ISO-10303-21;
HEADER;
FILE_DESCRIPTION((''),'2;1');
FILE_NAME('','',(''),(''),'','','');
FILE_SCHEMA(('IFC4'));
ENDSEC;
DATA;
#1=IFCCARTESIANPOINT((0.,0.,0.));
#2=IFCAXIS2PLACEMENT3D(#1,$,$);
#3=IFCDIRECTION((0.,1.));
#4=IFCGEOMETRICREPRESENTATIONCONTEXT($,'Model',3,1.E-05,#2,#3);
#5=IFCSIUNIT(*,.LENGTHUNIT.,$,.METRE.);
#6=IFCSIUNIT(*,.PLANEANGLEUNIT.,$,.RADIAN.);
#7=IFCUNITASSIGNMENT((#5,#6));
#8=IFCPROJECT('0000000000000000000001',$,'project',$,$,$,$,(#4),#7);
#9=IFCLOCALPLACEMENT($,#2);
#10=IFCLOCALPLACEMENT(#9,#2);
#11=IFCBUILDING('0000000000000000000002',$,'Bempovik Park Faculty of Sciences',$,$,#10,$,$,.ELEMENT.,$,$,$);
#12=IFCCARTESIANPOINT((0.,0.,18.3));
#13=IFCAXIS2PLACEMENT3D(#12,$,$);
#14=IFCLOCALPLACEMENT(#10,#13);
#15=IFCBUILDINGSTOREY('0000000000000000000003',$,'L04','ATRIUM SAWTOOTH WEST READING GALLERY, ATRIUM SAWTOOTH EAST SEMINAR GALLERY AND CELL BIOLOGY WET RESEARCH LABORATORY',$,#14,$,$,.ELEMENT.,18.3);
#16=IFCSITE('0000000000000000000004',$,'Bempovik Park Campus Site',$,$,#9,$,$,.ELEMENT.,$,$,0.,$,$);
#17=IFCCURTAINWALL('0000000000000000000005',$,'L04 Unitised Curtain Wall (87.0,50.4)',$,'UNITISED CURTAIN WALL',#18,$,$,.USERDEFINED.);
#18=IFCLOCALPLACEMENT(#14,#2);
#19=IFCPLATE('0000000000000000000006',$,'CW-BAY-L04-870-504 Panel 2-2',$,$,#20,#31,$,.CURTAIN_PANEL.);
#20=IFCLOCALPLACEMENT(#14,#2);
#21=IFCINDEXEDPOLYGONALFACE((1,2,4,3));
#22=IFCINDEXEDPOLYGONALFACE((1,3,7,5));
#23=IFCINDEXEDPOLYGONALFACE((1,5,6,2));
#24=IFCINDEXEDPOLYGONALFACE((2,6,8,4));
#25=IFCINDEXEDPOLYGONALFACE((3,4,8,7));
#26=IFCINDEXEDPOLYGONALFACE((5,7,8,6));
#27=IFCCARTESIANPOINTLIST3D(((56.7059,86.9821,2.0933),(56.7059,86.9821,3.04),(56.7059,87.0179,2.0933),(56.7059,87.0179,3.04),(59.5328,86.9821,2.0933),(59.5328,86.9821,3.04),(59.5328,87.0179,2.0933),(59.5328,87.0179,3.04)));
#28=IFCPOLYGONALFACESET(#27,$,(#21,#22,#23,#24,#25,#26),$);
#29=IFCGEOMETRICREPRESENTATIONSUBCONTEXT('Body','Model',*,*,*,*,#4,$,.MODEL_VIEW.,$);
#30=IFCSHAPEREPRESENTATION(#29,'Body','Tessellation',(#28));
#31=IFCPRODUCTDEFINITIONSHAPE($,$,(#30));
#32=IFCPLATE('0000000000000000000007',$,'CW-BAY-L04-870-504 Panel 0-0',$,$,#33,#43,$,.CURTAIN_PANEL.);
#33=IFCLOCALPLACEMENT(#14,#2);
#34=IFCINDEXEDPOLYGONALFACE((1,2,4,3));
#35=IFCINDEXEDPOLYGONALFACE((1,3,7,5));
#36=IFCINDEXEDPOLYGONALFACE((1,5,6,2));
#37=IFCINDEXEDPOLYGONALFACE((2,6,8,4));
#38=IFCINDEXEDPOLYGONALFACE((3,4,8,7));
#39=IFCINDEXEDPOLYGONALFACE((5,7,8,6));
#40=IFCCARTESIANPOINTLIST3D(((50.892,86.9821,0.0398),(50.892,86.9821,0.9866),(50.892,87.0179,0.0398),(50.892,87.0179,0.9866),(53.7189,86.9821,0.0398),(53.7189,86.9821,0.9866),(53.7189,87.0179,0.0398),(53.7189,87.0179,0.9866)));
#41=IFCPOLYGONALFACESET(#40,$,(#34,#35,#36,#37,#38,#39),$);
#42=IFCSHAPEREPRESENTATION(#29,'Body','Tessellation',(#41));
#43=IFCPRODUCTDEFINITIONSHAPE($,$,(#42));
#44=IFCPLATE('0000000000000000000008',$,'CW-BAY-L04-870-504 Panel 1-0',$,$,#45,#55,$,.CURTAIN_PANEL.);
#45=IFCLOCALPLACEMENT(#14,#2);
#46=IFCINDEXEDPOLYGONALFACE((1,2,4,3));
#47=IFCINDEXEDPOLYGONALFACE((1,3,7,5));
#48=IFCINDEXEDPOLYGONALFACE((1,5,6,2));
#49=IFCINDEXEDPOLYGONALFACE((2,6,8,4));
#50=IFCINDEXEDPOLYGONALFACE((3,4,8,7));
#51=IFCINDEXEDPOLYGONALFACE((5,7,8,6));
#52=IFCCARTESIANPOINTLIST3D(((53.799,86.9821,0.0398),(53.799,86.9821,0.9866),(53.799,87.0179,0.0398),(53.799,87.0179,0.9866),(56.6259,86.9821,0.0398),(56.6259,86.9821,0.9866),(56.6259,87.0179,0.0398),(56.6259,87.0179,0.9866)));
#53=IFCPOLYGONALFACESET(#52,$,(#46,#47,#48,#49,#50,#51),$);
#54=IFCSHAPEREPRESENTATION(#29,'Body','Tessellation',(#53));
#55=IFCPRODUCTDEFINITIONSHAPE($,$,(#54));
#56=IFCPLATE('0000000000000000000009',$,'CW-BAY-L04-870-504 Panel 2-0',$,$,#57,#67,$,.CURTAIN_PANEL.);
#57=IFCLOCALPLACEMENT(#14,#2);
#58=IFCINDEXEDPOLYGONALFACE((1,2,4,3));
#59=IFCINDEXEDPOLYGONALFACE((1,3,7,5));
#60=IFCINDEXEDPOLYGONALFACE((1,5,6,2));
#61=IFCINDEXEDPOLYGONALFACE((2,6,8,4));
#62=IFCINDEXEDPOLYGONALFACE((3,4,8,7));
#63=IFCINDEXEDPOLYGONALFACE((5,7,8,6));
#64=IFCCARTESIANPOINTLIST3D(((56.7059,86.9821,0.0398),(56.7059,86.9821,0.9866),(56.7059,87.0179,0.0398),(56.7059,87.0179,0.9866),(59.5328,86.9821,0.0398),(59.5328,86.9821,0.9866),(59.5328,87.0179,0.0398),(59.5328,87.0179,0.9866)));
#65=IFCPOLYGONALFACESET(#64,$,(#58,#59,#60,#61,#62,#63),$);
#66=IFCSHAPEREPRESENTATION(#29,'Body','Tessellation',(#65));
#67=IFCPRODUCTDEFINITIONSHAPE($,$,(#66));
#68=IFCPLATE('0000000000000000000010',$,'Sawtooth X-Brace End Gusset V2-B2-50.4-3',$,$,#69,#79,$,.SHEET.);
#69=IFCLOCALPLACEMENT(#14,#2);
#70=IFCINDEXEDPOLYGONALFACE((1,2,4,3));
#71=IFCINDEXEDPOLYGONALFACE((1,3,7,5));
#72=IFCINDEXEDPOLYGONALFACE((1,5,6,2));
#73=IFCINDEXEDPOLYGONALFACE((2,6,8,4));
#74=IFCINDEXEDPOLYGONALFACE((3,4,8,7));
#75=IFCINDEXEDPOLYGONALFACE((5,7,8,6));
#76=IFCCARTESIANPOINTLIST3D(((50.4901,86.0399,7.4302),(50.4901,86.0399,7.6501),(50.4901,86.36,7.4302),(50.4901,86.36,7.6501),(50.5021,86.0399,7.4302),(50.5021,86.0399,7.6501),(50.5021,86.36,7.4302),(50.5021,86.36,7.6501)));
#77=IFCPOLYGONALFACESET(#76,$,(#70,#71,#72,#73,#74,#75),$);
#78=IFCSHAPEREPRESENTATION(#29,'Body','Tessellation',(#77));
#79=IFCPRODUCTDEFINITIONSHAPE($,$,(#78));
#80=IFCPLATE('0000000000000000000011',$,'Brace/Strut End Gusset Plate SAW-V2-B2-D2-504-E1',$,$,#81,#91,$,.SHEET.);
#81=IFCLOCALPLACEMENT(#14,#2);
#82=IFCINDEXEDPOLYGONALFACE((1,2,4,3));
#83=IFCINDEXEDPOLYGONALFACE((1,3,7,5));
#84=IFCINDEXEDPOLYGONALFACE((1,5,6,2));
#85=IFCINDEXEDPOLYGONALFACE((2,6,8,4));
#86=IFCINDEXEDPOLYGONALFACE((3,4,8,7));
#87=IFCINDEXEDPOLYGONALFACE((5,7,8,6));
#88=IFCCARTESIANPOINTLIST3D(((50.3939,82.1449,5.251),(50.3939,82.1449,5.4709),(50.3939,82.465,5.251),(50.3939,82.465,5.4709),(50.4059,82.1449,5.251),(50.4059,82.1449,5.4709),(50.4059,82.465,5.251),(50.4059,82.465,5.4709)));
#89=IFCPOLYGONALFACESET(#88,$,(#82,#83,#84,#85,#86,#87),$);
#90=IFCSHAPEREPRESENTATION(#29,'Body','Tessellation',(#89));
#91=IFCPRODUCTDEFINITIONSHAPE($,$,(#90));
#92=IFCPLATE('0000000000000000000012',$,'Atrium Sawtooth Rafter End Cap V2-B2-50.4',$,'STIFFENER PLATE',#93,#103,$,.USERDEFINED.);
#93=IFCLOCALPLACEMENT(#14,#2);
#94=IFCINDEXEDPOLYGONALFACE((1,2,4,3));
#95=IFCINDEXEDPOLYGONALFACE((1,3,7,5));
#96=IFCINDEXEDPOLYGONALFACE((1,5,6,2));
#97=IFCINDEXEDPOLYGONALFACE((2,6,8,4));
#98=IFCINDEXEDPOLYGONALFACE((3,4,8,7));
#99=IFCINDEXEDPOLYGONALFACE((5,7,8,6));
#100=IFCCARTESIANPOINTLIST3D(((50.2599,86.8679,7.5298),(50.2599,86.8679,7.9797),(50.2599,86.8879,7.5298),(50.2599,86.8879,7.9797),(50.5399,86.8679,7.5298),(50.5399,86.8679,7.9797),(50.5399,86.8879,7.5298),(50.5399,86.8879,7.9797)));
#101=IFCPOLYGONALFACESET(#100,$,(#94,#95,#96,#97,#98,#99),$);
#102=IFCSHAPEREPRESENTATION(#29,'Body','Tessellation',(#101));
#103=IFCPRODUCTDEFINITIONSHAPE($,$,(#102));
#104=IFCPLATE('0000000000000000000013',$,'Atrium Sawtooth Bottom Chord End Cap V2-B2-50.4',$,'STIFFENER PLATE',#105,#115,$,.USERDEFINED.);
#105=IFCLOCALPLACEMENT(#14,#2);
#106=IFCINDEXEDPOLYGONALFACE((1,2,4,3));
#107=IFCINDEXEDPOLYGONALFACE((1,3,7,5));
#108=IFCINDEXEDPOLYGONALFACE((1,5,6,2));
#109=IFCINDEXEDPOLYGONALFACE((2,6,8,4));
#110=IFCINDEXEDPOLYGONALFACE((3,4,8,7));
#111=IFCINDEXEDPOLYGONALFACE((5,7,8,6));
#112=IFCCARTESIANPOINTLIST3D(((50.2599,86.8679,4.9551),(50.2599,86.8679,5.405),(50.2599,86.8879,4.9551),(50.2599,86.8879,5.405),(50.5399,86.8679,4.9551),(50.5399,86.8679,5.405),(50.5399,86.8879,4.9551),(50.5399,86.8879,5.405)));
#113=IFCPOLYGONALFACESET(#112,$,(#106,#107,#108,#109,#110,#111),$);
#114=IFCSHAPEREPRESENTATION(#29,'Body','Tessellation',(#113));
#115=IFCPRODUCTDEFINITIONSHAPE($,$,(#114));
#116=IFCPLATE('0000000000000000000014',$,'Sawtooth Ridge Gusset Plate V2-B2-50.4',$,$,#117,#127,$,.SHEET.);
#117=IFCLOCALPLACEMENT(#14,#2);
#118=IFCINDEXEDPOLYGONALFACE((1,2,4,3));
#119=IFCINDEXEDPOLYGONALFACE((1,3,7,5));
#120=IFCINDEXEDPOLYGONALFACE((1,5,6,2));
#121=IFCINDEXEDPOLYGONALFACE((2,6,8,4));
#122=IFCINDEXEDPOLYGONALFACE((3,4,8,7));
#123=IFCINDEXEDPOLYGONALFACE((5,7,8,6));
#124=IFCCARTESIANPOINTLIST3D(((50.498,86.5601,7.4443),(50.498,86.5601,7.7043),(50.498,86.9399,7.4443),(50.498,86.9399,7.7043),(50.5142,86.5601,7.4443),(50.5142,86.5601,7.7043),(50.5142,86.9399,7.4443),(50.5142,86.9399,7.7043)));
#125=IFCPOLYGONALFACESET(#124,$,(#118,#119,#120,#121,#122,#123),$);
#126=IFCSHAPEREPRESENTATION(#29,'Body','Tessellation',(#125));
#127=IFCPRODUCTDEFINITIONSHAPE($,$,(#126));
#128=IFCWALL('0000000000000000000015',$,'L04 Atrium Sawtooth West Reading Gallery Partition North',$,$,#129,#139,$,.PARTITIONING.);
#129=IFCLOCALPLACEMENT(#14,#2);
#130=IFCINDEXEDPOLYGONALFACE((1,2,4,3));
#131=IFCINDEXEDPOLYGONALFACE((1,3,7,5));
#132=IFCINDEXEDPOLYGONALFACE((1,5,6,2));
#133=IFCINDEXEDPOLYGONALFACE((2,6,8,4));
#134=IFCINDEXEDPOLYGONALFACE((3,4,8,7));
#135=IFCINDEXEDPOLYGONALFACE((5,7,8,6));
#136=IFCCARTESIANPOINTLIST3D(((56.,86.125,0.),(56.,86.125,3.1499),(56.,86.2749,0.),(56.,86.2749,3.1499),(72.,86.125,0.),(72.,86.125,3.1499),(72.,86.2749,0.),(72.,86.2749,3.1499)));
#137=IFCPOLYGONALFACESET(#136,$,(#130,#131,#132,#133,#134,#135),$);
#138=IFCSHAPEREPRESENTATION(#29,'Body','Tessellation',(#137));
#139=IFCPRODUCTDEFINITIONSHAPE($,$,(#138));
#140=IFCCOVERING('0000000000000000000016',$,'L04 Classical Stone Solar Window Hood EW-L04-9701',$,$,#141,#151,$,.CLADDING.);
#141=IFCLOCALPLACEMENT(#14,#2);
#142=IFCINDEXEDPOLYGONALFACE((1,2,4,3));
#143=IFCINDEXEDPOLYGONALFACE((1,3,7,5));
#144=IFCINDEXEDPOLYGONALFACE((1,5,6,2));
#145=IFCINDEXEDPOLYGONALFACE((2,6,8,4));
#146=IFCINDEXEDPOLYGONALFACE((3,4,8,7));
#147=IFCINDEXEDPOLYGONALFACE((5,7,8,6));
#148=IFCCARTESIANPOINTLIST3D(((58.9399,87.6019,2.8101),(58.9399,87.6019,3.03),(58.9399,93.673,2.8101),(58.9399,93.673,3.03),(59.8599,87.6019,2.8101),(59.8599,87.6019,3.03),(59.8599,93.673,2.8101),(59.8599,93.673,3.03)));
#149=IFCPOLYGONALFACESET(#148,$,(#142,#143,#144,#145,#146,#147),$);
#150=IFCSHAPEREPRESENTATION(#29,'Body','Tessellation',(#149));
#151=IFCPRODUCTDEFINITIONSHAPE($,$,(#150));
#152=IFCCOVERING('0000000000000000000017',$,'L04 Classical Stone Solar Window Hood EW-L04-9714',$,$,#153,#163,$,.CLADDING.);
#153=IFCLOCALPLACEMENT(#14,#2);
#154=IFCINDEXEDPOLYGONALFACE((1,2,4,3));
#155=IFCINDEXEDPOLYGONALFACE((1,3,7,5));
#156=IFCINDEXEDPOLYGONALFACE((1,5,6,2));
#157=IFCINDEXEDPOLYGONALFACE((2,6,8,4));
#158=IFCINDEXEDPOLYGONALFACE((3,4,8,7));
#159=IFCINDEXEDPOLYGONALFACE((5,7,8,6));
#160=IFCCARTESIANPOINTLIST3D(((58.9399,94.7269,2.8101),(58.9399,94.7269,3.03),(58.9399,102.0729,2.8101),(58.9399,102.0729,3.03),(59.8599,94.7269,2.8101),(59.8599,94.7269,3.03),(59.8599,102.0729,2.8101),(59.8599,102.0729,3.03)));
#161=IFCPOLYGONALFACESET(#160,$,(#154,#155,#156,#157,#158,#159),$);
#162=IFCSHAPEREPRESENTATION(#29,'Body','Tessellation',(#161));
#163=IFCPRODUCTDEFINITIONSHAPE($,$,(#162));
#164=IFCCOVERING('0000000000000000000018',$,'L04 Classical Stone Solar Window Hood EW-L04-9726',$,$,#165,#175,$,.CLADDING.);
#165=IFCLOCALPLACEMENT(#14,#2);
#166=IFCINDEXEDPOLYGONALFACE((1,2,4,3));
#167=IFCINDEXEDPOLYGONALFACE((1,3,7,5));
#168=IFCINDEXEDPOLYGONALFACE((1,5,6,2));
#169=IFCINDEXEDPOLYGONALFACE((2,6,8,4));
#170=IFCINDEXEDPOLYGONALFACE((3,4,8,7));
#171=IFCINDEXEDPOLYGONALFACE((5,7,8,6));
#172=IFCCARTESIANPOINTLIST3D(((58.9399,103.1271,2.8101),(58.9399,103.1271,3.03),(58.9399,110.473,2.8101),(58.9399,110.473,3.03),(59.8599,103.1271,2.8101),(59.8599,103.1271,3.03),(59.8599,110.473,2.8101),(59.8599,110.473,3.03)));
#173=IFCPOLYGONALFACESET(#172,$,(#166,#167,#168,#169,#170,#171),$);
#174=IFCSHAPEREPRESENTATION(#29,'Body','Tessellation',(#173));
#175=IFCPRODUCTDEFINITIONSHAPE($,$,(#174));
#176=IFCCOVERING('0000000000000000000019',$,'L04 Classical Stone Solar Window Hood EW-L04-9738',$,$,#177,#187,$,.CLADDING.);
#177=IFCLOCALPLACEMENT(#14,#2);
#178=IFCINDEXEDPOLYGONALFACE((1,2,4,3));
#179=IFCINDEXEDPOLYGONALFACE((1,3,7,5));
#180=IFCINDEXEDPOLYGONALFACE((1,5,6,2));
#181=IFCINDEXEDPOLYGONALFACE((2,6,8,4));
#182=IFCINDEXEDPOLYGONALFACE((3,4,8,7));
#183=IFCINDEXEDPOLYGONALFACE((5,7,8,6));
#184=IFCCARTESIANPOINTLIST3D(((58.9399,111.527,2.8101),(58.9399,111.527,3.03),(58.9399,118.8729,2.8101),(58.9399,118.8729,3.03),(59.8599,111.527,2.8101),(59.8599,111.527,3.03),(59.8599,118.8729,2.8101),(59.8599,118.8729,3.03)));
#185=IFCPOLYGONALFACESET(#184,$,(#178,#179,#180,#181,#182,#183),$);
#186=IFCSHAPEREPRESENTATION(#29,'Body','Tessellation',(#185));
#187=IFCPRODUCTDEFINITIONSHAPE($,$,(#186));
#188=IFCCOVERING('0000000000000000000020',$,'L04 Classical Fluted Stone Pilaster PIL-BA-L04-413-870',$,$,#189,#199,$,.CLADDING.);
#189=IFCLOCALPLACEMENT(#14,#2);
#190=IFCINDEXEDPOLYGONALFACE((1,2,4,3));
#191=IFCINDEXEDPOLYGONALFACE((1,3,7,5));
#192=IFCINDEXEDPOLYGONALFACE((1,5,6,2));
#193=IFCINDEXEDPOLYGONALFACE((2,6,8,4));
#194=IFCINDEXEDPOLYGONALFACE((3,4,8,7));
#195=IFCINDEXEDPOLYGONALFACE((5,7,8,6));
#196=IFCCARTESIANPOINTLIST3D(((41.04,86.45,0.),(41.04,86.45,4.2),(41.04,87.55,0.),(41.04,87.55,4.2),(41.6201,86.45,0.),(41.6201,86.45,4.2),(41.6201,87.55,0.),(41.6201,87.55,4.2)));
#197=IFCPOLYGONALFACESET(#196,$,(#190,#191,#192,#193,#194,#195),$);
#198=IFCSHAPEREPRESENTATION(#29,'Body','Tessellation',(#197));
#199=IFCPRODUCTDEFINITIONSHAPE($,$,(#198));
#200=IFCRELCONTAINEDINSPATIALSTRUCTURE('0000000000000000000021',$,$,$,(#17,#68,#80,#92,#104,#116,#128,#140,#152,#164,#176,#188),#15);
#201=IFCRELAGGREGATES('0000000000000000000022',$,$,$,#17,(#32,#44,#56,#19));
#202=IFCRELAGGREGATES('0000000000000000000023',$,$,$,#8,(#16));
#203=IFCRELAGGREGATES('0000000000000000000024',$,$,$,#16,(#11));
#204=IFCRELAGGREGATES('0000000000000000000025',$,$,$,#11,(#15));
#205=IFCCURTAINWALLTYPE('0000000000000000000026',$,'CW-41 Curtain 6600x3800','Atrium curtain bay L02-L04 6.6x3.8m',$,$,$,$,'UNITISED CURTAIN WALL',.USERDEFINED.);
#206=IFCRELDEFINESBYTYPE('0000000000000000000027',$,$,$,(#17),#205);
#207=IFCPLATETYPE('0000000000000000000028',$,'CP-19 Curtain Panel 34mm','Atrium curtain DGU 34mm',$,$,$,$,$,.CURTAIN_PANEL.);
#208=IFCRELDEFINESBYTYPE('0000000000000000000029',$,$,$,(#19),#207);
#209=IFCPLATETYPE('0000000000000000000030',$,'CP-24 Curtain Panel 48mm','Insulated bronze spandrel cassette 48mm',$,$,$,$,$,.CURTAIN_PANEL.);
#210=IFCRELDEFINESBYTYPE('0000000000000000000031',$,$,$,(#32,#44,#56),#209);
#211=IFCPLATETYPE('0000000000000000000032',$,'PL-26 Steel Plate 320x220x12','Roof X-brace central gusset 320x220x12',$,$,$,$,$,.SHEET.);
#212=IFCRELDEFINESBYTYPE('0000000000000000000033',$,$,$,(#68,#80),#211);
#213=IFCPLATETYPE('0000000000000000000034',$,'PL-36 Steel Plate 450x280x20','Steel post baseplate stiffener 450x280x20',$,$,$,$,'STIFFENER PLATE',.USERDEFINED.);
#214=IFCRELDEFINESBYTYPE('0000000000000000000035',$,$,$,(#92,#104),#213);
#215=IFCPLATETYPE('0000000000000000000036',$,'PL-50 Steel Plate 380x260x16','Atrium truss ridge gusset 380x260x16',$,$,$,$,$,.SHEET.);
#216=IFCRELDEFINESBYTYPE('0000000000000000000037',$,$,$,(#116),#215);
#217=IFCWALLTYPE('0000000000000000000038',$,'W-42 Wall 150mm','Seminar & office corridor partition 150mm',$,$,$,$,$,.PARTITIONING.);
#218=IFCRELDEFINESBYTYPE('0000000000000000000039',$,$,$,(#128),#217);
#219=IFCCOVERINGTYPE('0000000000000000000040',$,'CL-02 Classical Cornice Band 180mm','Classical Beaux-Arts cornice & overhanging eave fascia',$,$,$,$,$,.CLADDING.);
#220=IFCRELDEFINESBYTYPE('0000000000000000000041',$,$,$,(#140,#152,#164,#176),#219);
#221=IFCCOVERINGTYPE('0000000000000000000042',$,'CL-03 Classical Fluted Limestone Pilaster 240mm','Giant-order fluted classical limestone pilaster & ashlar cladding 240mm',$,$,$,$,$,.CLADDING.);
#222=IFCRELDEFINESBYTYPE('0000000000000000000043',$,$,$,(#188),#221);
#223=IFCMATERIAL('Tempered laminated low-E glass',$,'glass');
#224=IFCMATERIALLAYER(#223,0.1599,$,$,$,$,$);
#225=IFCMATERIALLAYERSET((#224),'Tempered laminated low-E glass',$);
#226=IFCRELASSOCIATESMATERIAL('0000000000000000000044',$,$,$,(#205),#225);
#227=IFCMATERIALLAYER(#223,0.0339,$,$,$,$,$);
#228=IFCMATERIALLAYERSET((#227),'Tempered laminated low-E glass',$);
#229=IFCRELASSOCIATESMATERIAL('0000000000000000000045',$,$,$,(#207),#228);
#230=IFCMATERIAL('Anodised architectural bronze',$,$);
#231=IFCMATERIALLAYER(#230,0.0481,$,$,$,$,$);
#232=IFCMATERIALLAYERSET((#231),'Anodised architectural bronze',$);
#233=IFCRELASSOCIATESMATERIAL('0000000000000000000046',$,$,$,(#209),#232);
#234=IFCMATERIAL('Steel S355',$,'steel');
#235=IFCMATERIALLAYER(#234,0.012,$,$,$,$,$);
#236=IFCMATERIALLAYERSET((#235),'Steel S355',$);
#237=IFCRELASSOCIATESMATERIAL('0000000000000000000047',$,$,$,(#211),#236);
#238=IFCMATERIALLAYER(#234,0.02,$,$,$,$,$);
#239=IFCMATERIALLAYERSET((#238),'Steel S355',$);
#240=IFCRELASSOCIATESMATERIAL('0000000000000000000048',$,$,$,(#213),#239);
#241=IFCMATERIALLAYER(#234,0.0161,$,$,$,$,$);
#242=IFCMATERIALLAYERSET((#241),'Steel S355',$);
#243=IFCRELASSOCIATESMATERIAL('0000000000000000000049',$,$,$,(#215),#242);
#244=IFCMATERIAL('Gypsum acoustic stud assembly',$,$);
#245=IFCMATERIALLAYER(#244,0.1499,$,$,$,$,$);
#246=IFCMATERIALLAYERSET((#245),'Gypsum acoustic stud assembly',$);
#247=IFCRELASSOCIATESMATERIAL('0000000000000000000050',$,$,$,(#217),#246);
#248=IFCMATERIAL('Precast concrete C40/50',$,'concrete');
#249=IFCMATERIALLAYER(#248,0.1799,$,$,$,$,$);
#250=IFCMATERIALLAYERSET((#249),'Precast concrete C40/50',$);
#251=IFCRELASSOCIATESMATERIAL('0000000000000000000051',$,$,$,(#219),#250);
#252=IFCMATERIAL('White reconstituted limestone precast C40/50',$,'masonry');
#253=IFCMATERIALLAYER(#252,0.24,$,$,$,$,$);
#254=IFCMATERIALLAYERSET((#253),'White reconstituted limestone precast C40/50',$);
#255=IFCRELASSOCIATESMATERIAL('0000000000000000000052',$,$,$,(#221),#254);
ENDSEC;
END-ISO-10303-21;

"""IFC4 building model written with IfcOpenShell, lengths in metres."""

from ifc_helpers import new_model, si_unit, direction, frame, frame_2d, origin, origin_2d, place, context, subcontext, project, spatial, rectangle, extrude, material, layer, layer_set, type_object, element, aggregate, save


model = new_model("IFC4")

# Units and contexts
model_context = context("Model", 3, precision=1e-05, world=origin(), true_north=direction((0.0, 1.0)))
body_context = subcontext(model_context, "Body", "Model", "MODEL_VIEW")
ifc_project = project(units=[si_unit("LENGTHUNIT", "METRE"), si_unit("PLANEANGLEUNIT", "RADIAN")], contexts=[model_context])

# Site, building, storey
site_placement = place(None, origin())
site = spatial("IfcSite", under=ifc_project, at=site_placement, Name="Bempovik Park Campus Site", CompositionType="ELEMENT", RefElevation=0.0)
building_placement = place(site_placement, origin())
building = spatial("IfcBuilding", under=site, at=building_placement, Name="Bempovik Park Faculty of Sciences", CompositionType="ELEMENT")
storey_placement = place(building_placement, frame((0.0, 0.0, 18.3)))
storey = spatial("IfcBuildingStorey", under=building, at=storey_placement, Name="L04", Description="ATRIUM SAWTOOTH WEST READING GALLERY, ATRIUM SAWTOOTH EAST SEMINAR GALLERY AND CELL BIOLOGY WET RESEARCH LABORATORY", CompositionType="ELEMENT", Elevation=18.3)

# Shared definitions
ifc_material_1 = material(Name="Steel S355", Category="steel")

# Curtain wall, plates
ifc_material_2 = material(Name="Tempered laminated low-E glass", Category="glass")
ifc_layer_1 = layer(ifc_material_2, 0.1599)
ifc_layer_set_1 = layer_set([ifc_layer_1], Name="Tempered laminated low-E glass")
curtain_wall_type = type_object("IfcCurtainWallType", Name="CW-41 Curtain 6600x3800", Description="Atrium curtain bay L02-L04 6.6x3.8m", ElementType="UNITISED CURTAIN WALL", PredefinedType="USERDEFINED", material=ifc_layer_set_1)
curtain_wall_placement = place(storey_placement, origin())
curtain_wall = element("IfcCurtainWall", 1, at=curtain_wall_placement, inside=storey, type_object=curtain_wall_type, Name="L04 Unitised Curtain Wall (87.0,50.4)", ObjectType="UNITISED CURTAIN WALL", PredefinedType="USERDEFINED")
ifc_layer_2 = layer(ifc_material_2, 0.0339)
ifc_layer_set_2 = layer_set([ifc_layer_2], Name="Tempered laminated low-E glass")
plate_type_1 = type_object("IfcPlateType", Name="CP-19 Curtain Panel 34mm", Description="Atrium curtain DGU 34mm", PredefinedType="CURTAIN_PANEL", material=ifc_layer_set_2)
plate_1_placement = place(storey_placement, frame((58.1194, 87.0, 2.0933), z_axis=(0.0, 0.0, 1.0), x_axis=(1.0, 0.0, 0.0)))
plate_1 = element("IfcPlate", 2, at=plate_1_placement, type_object=plate_type_1, Name="CW-BAY-L04-870-504 Panel 2-2", PredefinedType="CURTAIN_PANEL", context=body_context, shape_type="SweptSolid", body=[
    extrude(rectangle(XDim=2.8269, YDim=0.0359, at=origin_2d()), origin(), (0.0, 0.0, 1.0), 0.9468),
])
ifc_material_3 = material(Name="Anodised architectural bronze")
ifc_layer_3 = layer(ifc_material_3, 0.0481)
ifc_layer_set_3 = layer_set([ifc_layer_3], Name="Anodised architectural bronze")
plate_type_2 = type_object("IfcPlateType", Name="CP-24 Curtain Panel 48mm", Description="Insulated bronze spandrel cassette 48mm", PredefinedType="CURTAIN_PANEL", material=ifc_layer_set_3)
plate_2_placement = place(storey_placement, frame((52.3054, 87.0, 0.0398), z_axis=(0.0, 0.0, 1.0), x_axis=(1.0, 0.0, 0.0)))
plate_2 = element("IfcPlate", 3, at=plate_2_placement, type_object=plate_type_2, Name="CW-BAY-L04-870-504 Panel 0-0", PredefinedType="CURTAIN_PANEL", context=body_context, shape_type="SweptSolid", body=[
    extrude(rectangle(XDim=2.8269, YDim=0.0359, at=origin_2d()), origin(), (0.0, 0.0, 1.0), 0.9468),
])
plate_3_placement = place(storey_placement, frame((55.2124, 87.0, 0.0398), z_axis=(0.0, 0.0, 1.0), x_axis=(1.0, 0.0, 0.0)))
plate_3 = element("IfcPlate", 4, at=plate_3_placement, type_object=plate_type_2, Name="CW-BAY-L04-870-504 Panel 1-0", PredefinedType="CURTAIN_PANEL", context=body_context, shape_type="SweptSolid", body=[
    extrude(rectangle(XDim=2.8269, YDim=0.0359, at=origin_2d()), origin(), (0.0, 0.0, 1.0), 0.9468),
])
plate_4_placement = place(storey_placement, frame((58.1194, 87.0, 0.0398), z_axis=(0.0, 0.0, 1.0), x_axis=(1.0, 0.0, 0.0)))
plate_4 = element("IfcPlate", 5, at=plate_4_placement, type_object=plate_type_2, Name="CW-BAY-L04-870-504 Panel 2-0", PredefinedType="CURTAIN_PANEL", context=body_context, shape_type="SweptSolid", body=[
    extrude(rectangle(XDim=2.8269, YDim=0.0359, at=origin_2d()), origin(), (0.0, 0.0, 1.0), 0.9468),
])
aggregate(curtain_wall, [plate_2, plate_3, plate_4, plate_1])

# Plates
ifc_layer_4 = layer(ifc_material_1, 0.012)
ifc_layer_set_4 = layer_set([ifc_layer_4], Name="Steel S355")
plate_type_3 = type_object("IfcPlateType", Name="PL-26 Steel Plate 320x220x12", Description="Roof X-brace central gusset 320x220x12", PredefinedType="SHEET", material=ifc_layer_set_4)
for number, where, z_axis, x_axis, name in (
    (6, (50.4961, 86.2, 7.4302), (0.0, 0.0, 1.0), (1.0, 0.0, 0.0), "Sawtooth X-Brace End Gusset V2-B2-50.4-3"),
    (7, (50.3999, 82.3049, 5.251), (0.0, 0.0, 1.0), (1.0, 0.0, 0.0), "Brace/Strut End Gusset Plate SAW-V2-B2-D2-504-E1"),
):
    element("IfcPlate", number, at=place(storey_placement, frame(where, z_axis=z_axis, x_axis=x_axis)), inside=storey, type_object=plate_type_3, Name=name, PredefinedType="SHEET", context=body_context, shape_type="SweptSolid", body=[
        extrude(rectangle(XDim=0.012, YDim=0.3201, at=origin_2d()), origin(), (0.0, 0.0, 1.0), 0.22),
    ])
ifc_layer_5 = layer(ifc_material_1, 0.02)
ifc_layer_set_5 = layer_set([ifc_layer_5], Name="Steel S355")
plate_type_4 = type_object("IfcPlateType", Name="PL-36 Steel Plate 450x280x20", Description="Steel post baseplate stiffener 450x280x20", ElementType="STIFFENER PLATE", PredefinedType="USERDEFINED", material=ifc_layer_set_5)
for number, where, z_axis, x_axis, name in (
    (8, (50.3999, 86.8779, 7.5298), (0.0, 0.0, 1.0), (1.0, 0.0, 0.0), "Atrium Sawtooth Rafter End Cap V2-B2-50.4"),
    (9, (50.3999, 86.8779, 4.9551), (0.0, 0.0, 1.0), (1.0, 0.0, 0.0), "Atrium Sawtooth Bottom Chord End Cap V2-B2-50.4"),
):
    element("IfcPlate", number, at=place(storey_placement, frame(where, z_axis=z_axis, x_axis=x_axis)), inside=storey, type_object=plate_type_4, Name=name, ObjectType="STIFFENER PLATE", PredefinedType="USERDEFINED", context=body_context, shape_type="SweptSolid", body=[
        extrude(rectangle(XDim=0.28, YDim=0.02, at=origin_2d()), origin(), (0.0, 0.0, 1.0), 0.45),
    ])
ifc_layer_6 = layer(ifc_material_1, 0.0161)
ifc_layer_set_6 = layer_set([ifc_layer_6], Name="Steel S355")
plate_type_5 = type_object("IfcPlateType", Name="PL-50 Steel Plate 380x260x16", Description="Atrium truss ridge gusset 380x260x16", PredefinedType="SHEET", material=ifc_layer_set_6)
plate_5_placement = place(storey_placement, frame((50.5061, 86.75, 7.4443), z_axis=(0.0, 0.0, 1.0), x_axis=(1.0, 0.0, 0.0)))
element("IfcPlate", 10, at=plate_5_placement, inside=storey, type_object=plate_type_5, Name="Sawtooth Ridge Gusset Plate V2-B2-50.4", PredefinedType="SHEET", context=body_context, shape_type="SweptSolid", body=[
    extrude(rectangle(XDim=0.0161, YDim=0.3799, at=origin_2d()), origin(), (0.0, 0.0, 1.0), 0.26),
])

# Wall
ifc_material_4 = material(Name="Gypsum acoustic stud assembly")
ifc_layer_7 = layer(ifc_material_4, 0.1499)
ifc_layer_set_7 = layer_set([ifc_layer_7], Name="Gypsum acoustic stud assembly")
wall_type = type_object("IfcWallType", Name="W-42 Wall 150mm", Description="Seminar & office corridor partition 150mm", PredefinedType="PARTITIONING", material=ifc_layer_set_7)
wall_placement = place(storey_placement, frame((56.0, 86.2, 0.0), z_axis=(0.0, 0.0, 1.0), x_axis=(1.0, 0.0, 0.0)))
element("IfcWall", 11, at=wall_placement, inside=storey, type_object=wall_type, Name="L04 Atrium Sawtooth West Reading Gallery Partition North", PredefinedType="PARTITIONING", context=body_context, shape_type="SweptSolid", body=[
    extrude(rectangle(XDim=16.0, YDim=0.1499, at=frame_2d((8.0, 0.0))), origin(), (0.0, 0.0, 1.0), 3.1499),
])

# Coverings
ifc_material_5 = material(Name="Precast concrete C40/50", Category="concrete")
ifc_layer_8 = layer(ifc_material_5, 0.1799)
ifc_layer_set_8 = layer_set([ifc_layer_8], Name="Precast concrete C40/50")
covering_type_1 = type_object("IfcCoveringType", Name="CL-02 Classical Cornice Band 180mm", Description="Classical Beaux-Arts cornice & overhanging eave fascia", PredefinedType="CLADDING", material=ifc_layer_set_8)
covering_1_placement = place(storey_placement, frame((59.3999, 90.6375, 2.8101), z_axis=(0.0, 0.0, 1.0), x_axis=(1.0, 0.0, 0.0)))
element("IfcCovering", 12, at=covering_1_placement, inside=storey, type_object=covering_type_1, Name="L04 Classical Stone Solar Window Hood EW-L04-9701", PredefinedType="CLADDING", context=body_context, shape_type="SweptSolid", body=[
    extrude(rectangle(XDim=0.9199, YDim=6.071, at=origin_2d()), origin(), (0.0, 0.0, 1.0), 0.22),
])
for number, where, z_axis, x_axis, name in (
    (13, (59.3999, 98.3999, 2.8101), (0.0, 0.0, 1.0), (1.0, 0.0, 0.0), "L04 Classical Stone Solar Window Hood EW-L04-9714"),
    (14, (59.3999, 106.8, 2.8101), (0.0, 0.0, 1.0), (1.0, 0.0, 0.0), "L04 Classical Stone Solar Window Hood EW-L04-9726"),
    (15, (59.3999, 115.2, 2.8101), (0.0, 0.0, 1.0), (1.0, 0.0, 0.0), "L04 Classical Stone Solar Window Hood EW-L04-9738"),
):
    element("IfcCovering", number, at=place(storey_placement, frame(where, z_axis=z_axis, x_axis=x_axis)), inside=storey, type_object=covering_type_1, Name=name, PredefinedType="CLADDING", context=body_context, shape_type="SweptSolid", body=[
        extrude(rectangle(XDim=0.9199, YDim=7.3459, at=origin_2d()), origin(), (0.0, 0.0, 1.0), 0.22),
    ])
ifc_material_6 = material(Name="White reconstituted limestone precast C40/50", Category="masonry")
ifc_layer_9 = layer(ifc_material_6, 0.24)
ifc_layer_set_9 = layer_set([ifc_layer_9], Name="White reconstituted limestone precast C40/50")
covering_type_2 = type_object("IfcCoveringType", Name="CL-03 Classical Fluted Limestone Pilaster 240mm", Description="Giant-order fluted classical limestone pilaster & ashlar cladding 240mm", PredefinedType="CLADDING", material=ifc_layer_set_9)
covering_2_placement = place(storey_placement, frame((41.3301, 87.0, 0.0), z_axis=(0.0, 0.0, 1.0), x_axis=(1.0, 0.0, 0.0)))
element("IfcCovering", 16, at=covering_2_placement, inside=storey, type_object=covering_type_2, Name="L04 Classical Fluted Stone Pilaster PIL-BA-L04-413-870", PredefinedType="CLADDING", context=body_context, shape_type="SweptSolid", body=[
    extrude(rectangle(XDim=0.5801, YDim=1.1001, at=origin_2d()), origin(), (0.0, 0.0, 1.0), 4.2),
])

save(model, "model.ifc")
